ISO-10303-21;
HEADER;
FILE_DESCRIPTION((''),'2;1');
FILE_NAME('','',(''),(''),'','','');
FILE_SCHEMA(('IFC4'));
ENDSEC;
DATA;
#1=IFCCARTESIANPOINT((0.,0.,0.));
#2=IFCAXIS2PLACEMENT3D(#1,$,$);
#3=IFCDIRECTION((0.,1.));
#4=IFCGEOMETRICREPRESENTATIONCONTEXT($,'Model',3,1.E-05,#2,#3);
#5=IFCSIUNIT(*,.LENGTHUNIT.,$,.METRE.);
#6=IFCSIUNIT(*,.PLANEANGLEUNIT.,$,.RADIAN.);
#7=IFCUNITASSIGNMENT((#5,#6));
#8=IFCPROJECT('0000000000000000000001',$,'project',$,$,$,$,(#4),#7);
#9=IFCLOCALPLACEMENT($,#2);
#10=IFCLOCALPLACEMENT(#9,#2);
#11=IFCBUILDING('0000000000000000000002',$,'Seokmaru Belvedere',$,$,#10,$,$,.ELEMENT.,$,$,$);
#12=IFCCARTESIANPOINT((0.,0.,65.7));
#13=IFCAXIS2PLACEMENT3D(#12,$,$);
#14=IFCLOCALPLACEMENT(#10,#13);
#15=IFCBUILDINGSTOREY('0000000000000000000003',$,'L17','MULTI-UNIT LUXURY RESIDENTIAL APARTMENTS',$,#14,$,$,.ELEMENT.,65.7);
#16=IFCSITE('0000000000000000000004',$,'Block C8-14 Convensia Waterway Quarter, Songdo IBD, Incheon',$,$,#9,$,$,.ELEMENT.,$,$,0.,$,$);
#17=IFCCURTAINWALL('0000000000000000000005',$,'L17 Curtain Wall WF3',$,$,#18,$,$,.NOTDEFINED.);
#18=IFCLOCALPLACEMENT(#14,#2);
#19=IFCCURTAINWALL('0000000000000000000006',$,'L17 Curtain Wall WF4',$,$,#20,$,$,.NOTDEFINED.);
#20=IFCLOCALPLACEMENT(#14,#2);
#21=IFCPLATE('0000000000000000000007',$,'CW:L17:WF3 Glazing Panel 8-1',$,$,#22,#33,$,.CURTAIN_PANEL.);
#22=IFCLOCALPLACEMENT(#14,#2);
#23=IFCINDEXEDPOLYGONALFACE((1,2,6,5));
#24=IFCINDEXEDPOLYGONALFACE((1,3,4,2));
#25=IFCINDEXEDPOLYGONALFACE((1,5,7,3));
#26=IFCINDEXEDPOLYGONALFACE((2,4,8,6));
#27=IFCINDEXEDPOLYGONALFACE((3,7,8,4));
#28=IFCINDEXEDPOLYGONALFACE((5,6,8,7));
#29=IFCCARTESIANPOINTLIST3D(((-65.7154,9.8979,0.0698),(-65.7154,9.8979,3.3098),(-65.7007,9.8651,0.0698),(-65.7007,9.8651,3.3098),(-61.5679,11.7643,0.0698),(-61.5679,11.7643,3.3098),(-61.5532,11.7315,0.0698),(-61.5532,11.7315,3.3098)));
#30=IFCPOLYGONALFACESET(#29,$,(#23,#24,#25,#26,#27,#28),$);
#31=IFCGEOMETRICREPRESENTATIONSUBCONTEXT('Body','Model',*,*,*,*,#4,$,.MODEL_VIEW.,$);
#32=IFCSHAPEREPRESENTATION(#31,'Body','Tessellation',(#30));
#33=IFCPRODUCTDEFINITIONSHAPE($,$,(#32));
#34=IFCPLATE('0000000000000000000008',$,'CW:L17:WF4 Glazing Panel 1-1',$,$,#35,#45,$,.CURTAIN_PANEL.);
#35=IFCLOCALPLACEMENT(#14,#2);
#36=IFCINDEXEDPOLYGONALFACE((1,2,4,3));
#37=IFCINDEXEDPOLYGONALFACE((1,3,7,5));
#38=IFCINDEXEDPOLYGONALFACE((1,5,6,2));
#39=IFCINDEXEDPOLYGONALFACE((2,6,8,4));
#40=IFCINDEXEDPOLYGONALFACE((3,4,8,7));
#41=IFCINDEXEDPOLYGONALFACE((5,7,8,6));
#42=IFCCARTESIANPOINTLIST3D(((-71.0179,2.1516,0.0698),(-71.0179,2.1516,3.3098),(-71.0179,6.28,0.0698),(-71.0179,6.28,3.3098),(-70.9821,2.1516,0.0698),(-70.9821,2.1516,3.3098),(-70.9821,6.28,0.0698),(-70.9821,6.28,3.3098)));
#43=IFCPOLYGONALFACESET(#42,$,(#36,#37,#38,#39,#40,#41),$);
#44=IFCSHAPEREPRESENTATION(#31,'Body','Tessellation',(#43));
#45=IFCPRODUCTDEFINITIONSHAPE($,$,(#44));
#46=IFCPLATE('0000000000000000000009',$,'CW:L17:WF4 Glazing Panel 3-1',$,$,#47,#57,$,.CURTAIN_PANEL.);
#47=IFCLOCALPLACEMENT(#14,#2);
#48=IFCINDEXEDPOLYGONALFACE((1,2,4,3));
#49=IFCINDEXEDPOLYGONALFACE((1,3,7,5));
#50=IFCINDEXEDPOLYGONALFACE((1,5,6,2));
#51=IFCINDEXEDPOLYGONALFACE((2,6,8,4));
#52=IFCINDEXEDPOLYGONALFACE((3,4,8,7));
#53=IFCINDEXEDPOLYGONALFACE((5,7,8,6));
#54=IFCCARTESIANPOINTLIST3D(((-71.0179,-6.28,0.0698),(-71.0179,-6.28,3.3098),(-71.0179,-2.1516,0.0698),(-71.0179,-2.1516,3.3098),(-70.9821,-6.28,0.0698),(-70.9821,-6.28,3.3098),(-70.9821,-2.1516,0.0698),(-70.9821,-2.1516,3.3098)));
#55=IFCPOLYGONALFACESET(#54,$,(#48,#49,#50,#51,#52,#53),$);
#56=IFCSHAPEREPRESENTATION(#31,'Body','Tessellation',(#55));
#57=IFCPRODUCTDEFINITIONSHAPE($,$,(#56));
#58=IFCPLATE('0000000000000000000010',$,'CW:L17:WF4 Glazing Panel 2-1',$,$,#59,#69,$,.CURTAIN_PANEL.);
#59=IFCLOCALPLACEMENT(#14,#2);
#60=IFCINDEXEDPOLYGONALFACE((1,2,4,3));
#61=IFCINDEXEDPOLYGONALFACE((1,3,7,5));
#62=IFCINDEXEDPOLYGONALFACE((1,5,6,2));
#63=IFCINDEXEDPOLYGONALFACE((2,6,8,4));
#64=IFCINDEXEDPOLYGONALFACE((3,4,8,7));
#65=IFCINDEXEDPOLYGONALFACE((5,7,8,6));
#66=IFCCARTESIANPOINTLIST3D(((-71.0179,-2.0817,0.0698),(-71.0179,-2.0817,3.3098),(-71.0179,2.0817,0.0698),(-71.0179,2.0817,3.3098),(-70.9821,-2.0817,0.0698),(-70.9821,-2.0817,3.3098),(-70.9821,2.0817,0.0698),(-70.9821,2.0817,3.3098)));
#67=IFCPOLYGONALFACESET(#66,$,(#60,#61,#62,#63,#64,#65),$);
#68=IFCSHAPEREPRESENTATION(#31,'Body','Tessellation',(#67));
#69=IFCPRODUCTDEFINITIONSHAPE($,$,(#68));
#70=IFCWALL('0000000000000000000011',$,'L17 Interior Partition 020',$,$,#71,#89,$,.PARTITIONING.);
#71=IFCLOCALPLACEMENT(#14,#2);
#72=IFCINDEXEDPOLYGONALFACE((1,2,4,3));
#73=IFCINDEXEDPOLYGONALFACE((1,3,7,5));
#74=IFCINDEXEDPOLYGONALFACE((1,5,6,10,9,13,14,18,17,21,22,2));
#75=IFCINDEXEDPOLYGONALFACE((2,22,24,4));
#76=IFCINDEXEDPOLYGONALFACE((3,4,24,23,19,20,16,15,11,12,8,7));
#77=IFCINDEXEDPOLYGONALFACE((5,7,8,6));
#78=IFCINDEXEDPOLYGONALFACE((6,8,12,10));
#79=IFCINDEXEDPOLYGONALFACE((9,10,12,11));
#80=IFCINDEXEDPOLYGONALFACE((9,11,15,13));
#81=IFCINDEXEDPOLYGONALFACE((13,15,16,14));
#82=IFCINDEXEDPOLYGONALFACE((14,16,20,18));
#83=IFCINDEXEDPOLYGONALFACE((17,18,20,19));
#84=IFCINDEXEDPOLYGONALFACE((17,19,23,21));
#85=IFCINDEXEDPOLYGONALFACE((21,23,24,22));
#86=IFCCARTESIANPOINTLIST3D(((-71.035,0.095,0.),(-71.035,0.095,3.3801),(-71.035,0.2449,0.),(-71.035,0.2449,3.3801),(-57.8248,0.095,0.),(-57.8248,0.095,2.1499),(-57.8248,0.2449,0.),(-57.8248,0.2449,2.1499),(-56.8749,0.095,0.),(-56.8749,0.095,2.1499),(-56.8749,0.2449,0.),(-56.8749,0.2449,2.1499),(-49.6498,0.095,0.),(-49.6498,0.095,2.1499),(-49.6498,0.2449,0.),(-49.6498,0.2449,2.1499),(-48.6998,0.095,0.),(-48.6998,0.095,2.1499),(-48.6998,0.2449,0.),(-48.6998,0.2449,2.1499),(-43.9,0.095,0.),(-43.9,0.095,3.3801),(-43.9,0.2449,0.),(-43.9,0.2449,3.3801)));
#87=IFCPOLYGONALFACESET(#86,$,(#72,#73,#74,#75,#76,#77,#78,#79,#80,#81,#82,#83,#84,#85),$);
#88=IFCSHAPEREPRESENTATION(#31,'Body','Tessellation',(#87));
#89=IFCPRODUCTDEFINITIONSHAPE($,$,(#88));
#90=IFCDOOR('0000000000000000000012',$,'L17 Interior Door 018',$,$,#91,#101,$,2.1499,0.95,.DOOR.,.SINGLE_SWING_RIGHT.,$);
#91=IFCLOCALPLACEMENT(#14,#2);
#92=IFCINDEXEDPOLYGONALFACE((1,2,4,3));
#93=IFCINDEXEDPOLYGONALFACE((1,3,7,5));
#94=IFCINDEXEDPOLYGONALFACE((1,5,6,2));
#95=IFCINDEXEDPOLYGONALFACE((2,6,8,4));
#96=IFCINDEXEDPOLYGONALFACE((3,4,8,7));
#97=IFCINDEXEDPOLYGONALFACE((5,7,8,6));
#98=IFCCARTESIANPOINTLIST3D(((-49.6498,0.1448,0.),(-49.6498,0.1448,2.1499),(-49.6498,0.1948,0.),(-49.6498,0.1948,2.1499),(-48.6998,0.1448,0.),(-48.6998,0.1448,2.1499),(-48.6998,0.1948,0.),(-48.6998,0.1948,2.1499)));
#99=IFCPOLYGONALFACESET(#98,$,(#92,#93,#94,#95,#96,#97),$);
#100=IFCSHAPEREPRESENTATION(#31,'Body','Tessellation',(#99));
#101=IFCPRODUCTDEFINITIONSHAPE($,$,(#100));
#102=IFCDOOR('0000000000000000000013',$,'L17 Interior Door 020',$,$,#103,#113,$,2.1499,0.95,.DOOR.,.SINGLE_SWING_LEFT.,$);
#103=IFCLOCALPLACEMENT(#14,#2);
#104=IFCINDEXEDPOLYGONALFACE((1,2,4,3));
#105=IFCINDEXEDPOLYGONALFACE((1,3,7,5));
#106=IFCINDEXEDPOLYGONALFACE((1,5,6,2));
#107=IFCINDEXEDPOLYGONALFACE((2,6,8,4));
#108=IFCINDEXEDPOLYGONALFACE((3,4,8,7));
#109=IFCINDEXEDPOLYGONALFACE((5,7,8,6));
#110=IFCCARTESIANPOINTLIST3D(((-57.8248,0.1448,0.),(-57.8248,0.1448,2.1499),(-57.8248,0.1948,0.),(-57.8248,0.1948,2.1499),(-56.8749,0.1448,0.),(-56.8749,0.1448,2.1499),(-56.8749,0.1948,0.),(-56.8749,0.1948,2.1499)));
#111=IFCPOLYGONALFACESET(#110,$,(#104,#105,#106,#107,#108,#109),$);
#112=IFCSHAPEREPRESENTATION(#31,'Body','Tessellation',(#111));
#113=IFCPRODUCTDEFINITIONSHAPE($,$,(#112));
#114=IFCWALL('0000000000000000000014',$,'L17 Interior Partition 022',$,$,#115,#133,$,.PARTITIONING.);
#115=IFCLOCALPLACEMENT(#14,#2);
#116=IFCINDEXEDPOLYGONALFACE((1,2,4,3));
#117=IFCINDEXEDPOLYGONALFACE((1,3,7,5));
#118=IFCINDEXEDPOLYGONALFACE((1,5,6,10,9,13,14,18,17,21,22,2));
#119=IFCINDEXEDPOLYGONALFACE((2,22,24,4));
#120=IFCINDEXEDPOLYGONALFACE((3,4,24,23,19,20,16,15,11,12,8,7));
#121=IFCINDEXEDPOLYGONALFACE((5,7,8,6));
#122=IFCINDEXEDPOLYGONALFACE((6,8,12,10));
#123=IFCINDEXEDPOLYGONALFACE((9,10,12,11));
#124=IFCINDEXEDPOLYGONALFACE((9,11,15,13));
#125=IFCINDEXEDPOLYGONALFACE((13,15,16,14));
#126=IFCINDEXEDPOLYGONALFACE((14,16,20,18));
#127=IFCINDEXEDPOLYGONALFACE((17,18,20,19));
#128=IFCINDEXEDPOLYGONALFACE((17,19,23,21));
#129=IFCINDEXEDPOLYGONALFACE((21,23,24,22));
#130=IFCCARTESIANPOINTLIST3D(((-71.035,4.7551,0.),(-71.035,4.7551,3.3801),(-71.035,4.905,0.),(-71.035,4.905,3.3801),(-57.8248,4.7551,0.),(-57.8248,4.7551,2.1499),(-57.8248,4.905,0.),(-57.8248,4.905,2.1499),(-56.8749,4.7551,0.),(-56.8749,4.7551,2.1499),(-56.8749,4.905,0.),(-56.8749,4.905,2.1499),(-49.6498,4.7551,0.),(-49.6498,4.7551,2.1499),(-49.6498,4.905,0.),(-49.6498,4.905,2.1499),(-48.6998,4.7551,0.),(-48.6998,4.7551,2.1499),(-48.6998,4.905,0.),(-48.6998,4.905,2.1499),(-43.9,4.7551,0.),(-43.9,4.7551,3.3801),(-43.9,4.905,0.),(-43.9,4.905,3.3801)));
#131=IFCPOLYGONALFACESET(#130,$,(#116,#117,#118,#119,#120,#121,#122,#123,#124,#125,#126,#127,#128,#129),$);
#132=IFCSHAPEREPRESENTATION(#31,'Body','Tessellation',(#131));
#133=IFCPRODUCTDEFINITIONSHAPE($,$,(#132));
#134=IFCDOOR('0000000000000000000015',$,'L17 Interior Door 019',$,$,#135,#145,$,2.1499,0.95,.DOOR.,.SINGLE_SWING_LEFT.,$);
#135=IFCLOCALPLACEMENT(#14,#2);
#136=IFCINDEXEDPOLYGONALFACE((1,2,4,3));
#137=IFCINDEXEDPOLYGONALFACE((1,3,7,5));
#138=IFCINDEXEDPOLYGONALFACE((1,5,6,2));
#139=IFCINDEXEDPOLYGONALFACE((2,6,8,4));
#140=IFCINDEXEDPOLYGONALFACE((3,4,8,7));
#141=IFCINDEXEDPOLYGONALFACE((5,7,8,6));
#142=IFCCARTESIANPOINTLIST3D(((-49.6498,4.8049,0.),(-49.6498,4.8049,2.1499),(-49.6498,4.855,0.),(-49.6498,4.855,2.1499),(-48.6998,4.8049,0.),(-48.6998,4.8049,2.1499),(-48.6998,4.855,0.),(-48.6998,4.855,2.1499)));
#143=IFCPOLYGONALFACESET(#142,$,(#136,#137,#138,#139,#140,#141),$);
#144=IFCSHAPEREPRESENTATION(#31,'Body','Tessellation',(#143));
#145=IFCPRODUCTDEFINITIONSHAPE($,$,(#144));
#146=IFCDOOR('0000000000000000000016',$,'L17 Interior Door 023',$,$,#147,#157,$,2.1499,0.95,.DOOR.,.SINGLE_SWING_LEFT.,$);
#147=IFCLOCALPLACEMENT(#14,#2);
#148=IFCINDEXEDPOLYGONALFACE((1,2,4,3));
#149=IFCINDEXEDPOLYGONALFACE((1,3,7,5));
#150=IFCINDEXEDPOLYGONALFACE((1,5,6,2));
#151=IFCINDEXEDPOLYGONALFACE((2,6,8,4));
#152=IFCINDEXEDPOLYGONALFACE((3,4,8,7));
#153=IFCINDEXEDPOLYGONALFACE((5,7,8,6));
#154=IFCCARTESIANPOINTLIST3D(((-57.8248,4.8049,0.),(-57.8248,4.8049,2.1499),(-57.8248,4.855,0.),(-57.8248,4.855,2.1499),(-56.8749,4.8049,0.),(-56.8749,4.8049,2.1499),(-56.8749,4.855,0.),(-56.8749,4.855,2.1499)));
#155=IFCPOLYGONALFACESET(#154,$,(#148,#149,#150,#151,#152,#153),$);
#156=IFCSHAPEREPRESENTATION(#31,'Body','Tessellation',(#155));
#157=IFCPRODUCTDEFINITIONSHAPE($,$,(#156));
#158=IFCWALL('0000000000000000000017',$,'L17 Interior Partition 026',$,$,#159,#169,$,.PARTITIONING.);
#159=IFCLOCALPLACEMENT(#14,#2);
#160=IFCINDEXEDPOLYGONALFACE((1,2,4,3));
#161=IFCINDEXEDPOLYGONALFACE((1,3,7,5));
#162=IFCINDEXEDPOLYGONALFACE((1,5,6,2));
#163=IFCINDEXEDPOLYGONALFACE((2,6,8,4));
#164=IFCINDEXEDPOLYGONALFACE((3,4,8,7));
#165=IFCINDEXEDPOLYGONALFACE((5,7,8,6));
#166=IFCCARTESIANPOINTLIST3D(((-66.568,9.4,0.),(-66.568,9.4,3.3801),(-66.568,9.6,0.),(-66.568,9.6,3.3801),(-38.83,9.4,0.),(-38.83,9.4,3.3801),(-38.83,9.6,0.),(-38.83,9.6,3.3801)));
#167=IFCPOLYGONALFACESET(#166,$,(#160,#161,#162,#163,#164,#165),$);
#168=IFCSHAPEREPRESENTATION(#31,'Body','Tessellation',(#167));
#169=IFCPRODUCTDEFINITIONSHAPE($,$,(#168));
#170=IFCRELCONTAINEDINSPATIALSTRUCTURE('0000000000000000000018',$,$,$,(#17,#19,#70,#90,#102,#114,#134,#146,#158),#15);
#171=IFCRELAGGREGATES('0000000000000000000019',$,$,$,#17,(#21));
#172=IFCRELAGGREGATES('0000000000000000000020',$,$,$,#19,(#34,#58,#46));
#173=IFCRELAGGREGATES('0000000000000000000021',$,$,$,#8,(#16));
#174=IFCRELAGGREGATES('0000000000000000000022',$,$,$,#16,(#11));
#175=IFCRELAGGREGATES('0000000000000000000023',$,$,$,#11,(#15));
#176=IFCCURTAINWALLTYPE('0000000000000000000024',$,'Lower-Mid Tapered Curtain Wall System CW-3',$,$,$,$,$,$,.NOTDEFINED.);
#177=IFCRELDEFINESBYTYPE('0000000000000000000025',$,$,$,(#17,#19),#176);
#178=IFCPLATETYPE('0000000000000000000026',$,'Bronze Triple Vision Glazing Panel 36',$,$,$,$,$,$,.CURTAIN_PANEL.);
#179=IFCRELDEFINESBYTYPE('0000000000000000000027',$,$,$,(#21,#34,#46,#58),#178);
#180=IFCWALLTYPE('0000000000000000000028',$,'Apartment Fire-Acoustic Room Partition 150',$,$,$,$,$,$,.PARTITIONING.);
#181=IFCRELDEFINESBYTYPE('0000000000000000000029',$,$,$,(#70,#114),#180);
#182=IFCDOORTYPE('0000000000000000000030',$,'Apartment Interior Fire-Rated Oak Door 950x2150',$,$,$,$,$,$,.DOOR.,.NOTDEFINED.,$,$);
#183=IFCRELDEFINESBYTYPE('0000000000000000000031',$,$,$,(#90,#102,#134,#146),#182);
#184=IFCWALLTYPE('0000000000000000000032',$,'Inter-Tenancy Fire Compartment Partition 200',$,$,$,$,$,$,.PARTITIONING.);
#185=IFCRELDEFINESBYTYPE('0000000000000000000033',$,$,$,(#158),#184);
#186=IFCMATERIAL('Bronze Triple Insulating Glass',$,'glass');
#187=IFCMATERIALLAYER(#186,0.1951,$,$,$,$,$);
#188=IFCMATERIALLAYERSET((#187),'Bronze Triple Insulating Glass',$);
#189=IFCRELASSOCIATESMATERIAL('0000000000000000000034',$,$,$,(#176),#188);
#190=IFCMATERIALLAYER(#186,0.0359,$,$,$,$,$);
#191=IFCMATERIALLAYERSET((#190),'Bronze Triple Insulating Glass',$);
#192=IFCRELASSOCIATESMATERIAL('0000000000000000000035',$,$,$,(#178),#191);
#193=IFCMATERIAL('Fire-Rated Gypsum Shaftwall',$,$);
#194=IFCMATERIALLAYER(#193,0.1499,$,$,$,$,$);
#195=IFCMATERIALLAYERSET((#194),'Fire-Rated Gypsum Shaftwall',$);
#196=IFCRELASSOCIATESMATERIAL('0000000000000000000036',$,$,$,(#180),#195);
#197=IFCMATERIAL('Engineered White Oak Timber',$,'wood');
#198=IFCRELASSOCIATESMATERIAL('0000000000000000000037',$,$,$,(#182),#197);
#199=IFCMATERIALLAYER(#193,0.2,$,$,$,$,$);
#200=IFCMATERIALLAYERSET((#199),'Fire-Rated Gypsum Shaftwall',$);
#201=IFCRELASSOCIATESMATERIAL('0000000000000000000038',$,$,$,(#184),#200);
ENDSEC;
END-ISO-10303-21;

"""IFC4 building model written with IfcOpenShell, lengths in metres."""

from ifc_helpers import new_model, si_unit, direction, frame, frame_2d, origin, origin_2d, place, context, subcontext, project, spatial, rectangle, extrude, source, transform, mapped, material, layer, layer_set, type_object, type_shapes, element, fill, aggregate, save


model = new_model("IFC4")

# Units and contexts
model_context = context("Model", 3, precision=1e-05, world=origin(), true_north=direction((0.0, 1.0)))
body_context = subcontext(model_context, "Body", "Model", "MODEL_VIEW")
ifc_project = project(units=[si_unit("LENGTHUNIT", "METRE"), si_unit("PLANEANGLEUNIT", "RADIAN")], contexts=[model_context])

# Site, building, storey
site_placement = place(None, origin())
site = spatial("IfcSite", under=ifc_project, at=site_placement, Name="Block C8-14 Convensia Waterway Quarter, Songdo IBD, Incheon", CompositionType="ELEMENT", RefElevation=0.0)
building_placement = place(site_placement, origin())
building = spatial("IfcBuilding", under=site, at=building_placement, Name="Seokmaru Belvedere", CompositionType="ELEMENT")
storey_placement = place(building_placement, frame((0.0, 0.0, 65.7)))
storey = spatial("IfcBuildingStorey", under=building, at=storey_placement, Name="L17", Description="MULTI-UNIT LUXURY RESIDENTIAL APARTMENTS", CompositionType="ELEMENT", Elevation=65.7)

# Curtain walls
ifc_material_1 = material(Name="Bronze Triple Insulating Glass", Category="glass")
ifc_layer_1 = layer(ifc_material_1, 0.1951)
ifc_layer_set_1 = layer_set([ifc_layer_1], Name="Bronze Triple Insulating Glass")
curtain_wall_type = type_object("IfcCurtainWallType", Name="Lower-Mid Tapered Curtain Wall System CW-3", PredefinedType="NOTDEFINED", material=ifc_layer_set_1)
curtain_wall_1_placement = place(storey_placement, origin())
curtain_wall_1 = element("IfcCurtainWall", 1, at=curtain_wall_1_placement, inside=storey, type_object=curtain_wall_type, Name="L17 Curtain Wall WF3", PredefinedType="NOTDEFINED")
curtain_wall_2_placement = place(storey_placement, origin())
curtain_wall_2 = element("IfcCurtainWall", 2, at=curtain_wall_2_placement, inside=storey, type_object=curtain_wall_type, Name="L17 Curtain Wall WF4", PredefinedType="NOTDEFINED")

# Plates
ifc_layer_2 = layer(ifc_material_1, 0.0359)
ifc_layer_set_2 = layer_set([ifc_layer_2], Name="Bronze Triple Insulating Glass")
plate_type = type_object("IfcPlateType", Name="Bronze Triple Vision Glazing Panel 36", PredefinedType="CURTAIN_PANEL", material=ifc_layer_set_2)
shared_shape_1 = source(origin(), body_context, "Body", "SweptSolid", [
    extrude(rectangle(XDim=4.5481, YDim=0.0359, at=origin_2d()), origin(), (0.0, 0.0, 1.0), 3.24),
])
plate_1_placement = place(storey_placement, frame((-63.6343, 10.8147, 0.0698), z_axis=(0.0, 0.0, 1.0), x_axis=(-0.911921, -0.410366, 0.0)))
plate_1 = element("IfcPlate", 3, at=plate_1_placement, type_object=plate_type, Name="CW:L17:WF3 Glazing Panel 8-1", PredefinedType="CURTAIN_PANEL", context=body_context, shape_type="MappedRepresentation", body=[
    mapped(shared_shape_1, transform((0.0, 0.0, 0.0), scale=1.0)),
])
aggregate(curtain_wall_1, [plate_1])
shared_shape_2 = source(origin(), body_context, "Body", "SweptSolid", [
    extrude(rectangle(XDim=4.1284, YDim=0.0359, at=origin_2d()), origin(), (0.0, 0.0, 1.0), 3.24),
])
plate_2_placement = place(storey_placement, frame((-71.0, 4.2158, 0.0698), z_axis=(0.0, 0.0, 1.0), x_axis=(0.0, -1.0, 0.0)))
plate_2 = element("IfcPlate", 4, at=plate_2_placement, type_object=plate_type, Name="CW:L17:WF4 Glazing Panel 1-1", PredefinedType="CURTAIN_PANEL", context=body_context, shape_type="MappedRepresentation", body=[
    mapped(shared_shape_2, transform((0.0, 0.0, 0.0), scale=1.0)),
])
plate_3_placement = place(storey_placement, frame((-71.0, -4.2158, 0.0698), z_axis=(0.0, 0.0, 1.0), x_axis=(0.0, -1.0, 0.0)))
plate_3 = element("IfcPlate", 5, at=plate_3_placement, type_object=plate_type, Name="CW:L17:WF4 Glazing Panel 3-1", PredefinedType="CURTAIN_PANEL", context=body_context, shape_type="MappedRepresentation", body=[
    mapped(shared_shape_2, transform((0.0, 0.0, 0.0), scale=1.0)),
])
shared_shape_3 = source(origin(), body_context, "Body", "SweptSolid", [
    extrude(rectangle(XDim=4.1633, YDim=0.0359, at=origin_2d()), origin(), (0.0, 0.0, 1.0), 3.24),
])
plate_4_placement = place(storey_placement, frame((-71.0, 0.0, 0.0698), z_axis=(0.0, 0.0, 1.0), x_axis=(0.0, -1.0, 0.0)))
plate_4 = element("IfcPlate", 6, at=plate_4_placement, type_object=plate_type, Name="CW:L17:WF4 Glazing Panel 2-1", PredefinedType="CURTAIN_PANEL", context=body_context, shape_type="MappedRepresentation", body=[
    mapped(shared_shape_3, transform((0.0, 0.0, 0.0), scale=1.0)),
])
aggregate(curtain_wall_2, [plate_2, plate_4, plate_3])

# Walls, openings, doors
ifc_material_2 = material(Name="Fire-Rated Gypsum Shaftwall")
ifc_layer_3 = layer(ifc_material_2, 0.1499)
ifc_layer_set_3 = layer_set([ifc_layer_3], Name="Fire-Rated Gypsum Shaftwall")
wall_type_1 = type_object("IfcWallType", Name="Apartment Fire-Acoustic Room Partition 150", PredefinedType="PARTITIONING", material=ifc_layer_set_3)
wall_1_placement = place(storey_placement, frame((-71.0349, 0.1699, 0.0), z_axis=(0.0, 0.0, 1.0), x_axis=(1.0, 0.0, 0.0)))
wall_1 = element("IfcWall", 7, at=wall_1_placement, inside=storey, type_object=wall_type_1, Name="L17 Interior Partition 020", PredefinedType="PARTITIONING", context=body_context, shape_type="SweptSolid", body=[
    extrude(rectangle(XDim=27.135, YDim=0.1499, at=frame_2d((13.5674, 0.0))), origin(), (0.0, 0.0, 1.0), 3.3801),
])
opening_1_placement = place(wall_1_placement, frame((21.385, 0.0, 0.0)))
opening_1 = element("IfcOpeningElement", 8, at=opening_1_placement, cuts=wall_1, PredefinedType="OPENING", context=body_context, shape_type="SweptSolid", body=[
    extrude(rectangle(XDim=0.95, YDim=2.1499, at=frame_2d((0.4751, 1.075))), frame((0.0, 0.085, 0.0), z_axis=(0.0, -1.0, 0.0), x_axis=(1.0, 0.0, 0.0)), (0.0, 0.0, 1.0), 0.1699),
])
opening_2_placement = place(wall_1_placement, frame((13.21, 0.0, 0.0)))
opening_2 = element("IfcOpeningElement", 9, at=opening_2_placement, cuts=wall_1, PredefinedType="OPENING", context=body_context, shape_type="SweptSolid", body=[
    extrude(rectangle(XDim=0.95, YDim=2.1499, at=frame_2d((0.4751, 1.075))), frame((0.0, 0.085, 0.0), z_axis=(0.0, -1.0, 0.0), x_axis=(1.0, 0.0, 0.0)), (0.0, 0.0, 1.0), 0.1699),
])
ifc_material_3 = material(Name="Engineered White Oak Timber", Category="wood")
door_type = type_object("IfcDoorType", Name="Apartment Interior Fire-Rated Oak Door 950x2150", OperationType="NOTDEFINED", PredefinedType="DOOR", material=ifc_material_3)
shared_shape_4 = source(origin(), body_context, "Body", "SweptSolid", [
    extrude(rectangle(XDim=0.95, YDim=2.1499, at=frame_2d((0.4751, 1.075))), frame((0.0, 0.0249, 0.0), z_axis=(0.0, -1.0, 0.0), x_axis=(1.0, 0.0, 0.0)), (0.0, 0.0, 1.0), 0.05),
])
type_shapes(door_type, [shared_shape_4])
door_1_placement = place(opening_1_placement, origin())
door_1 = element("IfcDoor", 10, at=door_1_placement, inside=storey, type_object=door_type, Name="L17 Interior Door 018", OperationType="SINGLE_SWING_RIGHT", OverallHeight=2.1499, OverallWidth=0.95, PredefinedType="DOOR", context=body_context, shape_type="MappedRepresentation", body=[
    mapped(shared_shape_4, transform((0.0, 0.0, 0.0), scale=1.0)),
])
fill(opening_1, door_1)
door_2_placement = place(opening_2_placement, origin())
door_2 = element("IfcDoor", 11, at=door_2_placement, inside=storey, type_object=door_type, Name="L17 Interior Door 020", OperationType="SINGLE_SWING_LEFT", OverallHeight=2.1499, OverallWidth=0.95, PredefinedType="DOOR", context=body_context, shape_type="MappedRepresentation", body=[
    mapped(shared_shape_4, transform((0.0, 0.0, 0.0), scale=1.0)),
])
fill(opening_2, door_2)
wall_2_placement = place(storey_placement, frame((-71.0349, 4.8301, 0.0), z_axis=(0.0, 0.0, 1.0), x_axis=(1.0, 0.0, 0.0)))
wall_2 = element("IfcWall", 12, at=wall_2_placement, inside=storey, type_object=wall_type_1, Name="L17 Interior Partition 022", PredefinedType="PARTITIONING", context=body_context, shape_type="SweptSolid", body=[
    extrude(rectangle(XDim=27.135, YDim=0.1499, at=frame_2d((13.5674, 0.0))), origin(), (0.0, 0.0, 1.0), 3.3801),
])
opening_3_placement = place(wall_2_placement, frame((21.385, 0.0, 0.0)))
opening_3 = element("IfcOpeningElement", 13, at=opening_3_placement, cuts=wall_2, PredefinedType="OPENING", context=body_context, shape_type="SweptSolid", body=[
    extrude(rectangle(XDim=0.95, YDim=2.1499, at=frame_2d((0.4751, 1.075))), frame((0.0, 0.085, 0.0), z_axis=(0.0, -1.0, 0.0), x_axis=(1.0, 0.0, 0.0)), (0.0, 0.0, 1.0), 0.1699),
])
opening_4_placement = place(wall_2_placement, frame((13.21, 0.0, 0.0)))
opening_4 = element("IfcOpeningElement", 14, at=opening_4_placement, cuts=wall_2, PredefinedType="OPENING", context=body_context, shape_type="SweptSolid", body=[
    extrude(rectangle(XDim=0.95, YDim=2.1499, at=frame_2d((0.4751, 1.075))), frame((0.0, 0.085, 0.0), z_axis=(0.0, -1.0, 0.0), x_axis=(1.0, 0.0, 0.0)), (0.0, 0.0, 1.0), 0.1699),
])
door_3_placement = place(opening_3_placement, origin())
door_3 = element("IfcDoor", 15, at=door_3_placement, inside=storey, type_object=door_type, Name="L17 Interior Door 019", OperationType="SINGLE_SWING_LEFT", OverallHeight=2.1499, OverallWidth=0.95, PredefinedType="DOOR", context=body_context, shape_type="MappedRepresentation", body=[
    mapped(shared_shape_4, transform((0.0, 0.0, 0.0), scale=1.0)),
])
fill(opening_3, door_3)
door_4_placement = place(opening_4_placement, origin())
door_4 = element("IfcDoor", 16, at=door_4_placement, inside=storey, type_object=door_type, Name="L17 Interior Door 023", OperationType="SINGLE_SWING_LEFT", OverallHeight=2.1499, OverallWidth=0.95, PredefinedType="DOOR", context=body_context, shape_type="MappedRepresentation", body=[
    mapped(shared_shape_4, transform((0.0, 0.0, 0.0), scale=1.0)),
])
fill(opening_4, door_4)

# Wall
ifc_layer_4 = layer(ifc_material_2, 0.2)
ifc_layer_set_4 = layer_set([ifc_layer_4], Name="Fire-Rated Gypsum Shaftwall")
wall_type_2 = type_object("IfcWallType", Name="Inter-Tenancy Fire Compartment Partition 200", PredefinedType="PARTITIONING", material=ifc_layer_set_4)
wall_3_placement = place(storey_placement, frame((-66.5681, 9.5, 0.0), z_axis=(0.0, 0.0, 1.0), x_axis=(1.0, 0.0, 0.0)))
element("IfcWall", 17, at=wall_3_placement, inside=storey, type_object=wall_type_2, Name="L17 Interior Partition 026", PredefinedType="PARTITIONING", context=body_context, shape_type="SweptSolid", body=[
    extrude(rectangle(XDim=27.738, YDim=0.2, at=frame_2d((13.8691, 0.0))), origin(), (0.0, 0.0, 1.0), 3.3801),
])

save(model, "model.ifc")
